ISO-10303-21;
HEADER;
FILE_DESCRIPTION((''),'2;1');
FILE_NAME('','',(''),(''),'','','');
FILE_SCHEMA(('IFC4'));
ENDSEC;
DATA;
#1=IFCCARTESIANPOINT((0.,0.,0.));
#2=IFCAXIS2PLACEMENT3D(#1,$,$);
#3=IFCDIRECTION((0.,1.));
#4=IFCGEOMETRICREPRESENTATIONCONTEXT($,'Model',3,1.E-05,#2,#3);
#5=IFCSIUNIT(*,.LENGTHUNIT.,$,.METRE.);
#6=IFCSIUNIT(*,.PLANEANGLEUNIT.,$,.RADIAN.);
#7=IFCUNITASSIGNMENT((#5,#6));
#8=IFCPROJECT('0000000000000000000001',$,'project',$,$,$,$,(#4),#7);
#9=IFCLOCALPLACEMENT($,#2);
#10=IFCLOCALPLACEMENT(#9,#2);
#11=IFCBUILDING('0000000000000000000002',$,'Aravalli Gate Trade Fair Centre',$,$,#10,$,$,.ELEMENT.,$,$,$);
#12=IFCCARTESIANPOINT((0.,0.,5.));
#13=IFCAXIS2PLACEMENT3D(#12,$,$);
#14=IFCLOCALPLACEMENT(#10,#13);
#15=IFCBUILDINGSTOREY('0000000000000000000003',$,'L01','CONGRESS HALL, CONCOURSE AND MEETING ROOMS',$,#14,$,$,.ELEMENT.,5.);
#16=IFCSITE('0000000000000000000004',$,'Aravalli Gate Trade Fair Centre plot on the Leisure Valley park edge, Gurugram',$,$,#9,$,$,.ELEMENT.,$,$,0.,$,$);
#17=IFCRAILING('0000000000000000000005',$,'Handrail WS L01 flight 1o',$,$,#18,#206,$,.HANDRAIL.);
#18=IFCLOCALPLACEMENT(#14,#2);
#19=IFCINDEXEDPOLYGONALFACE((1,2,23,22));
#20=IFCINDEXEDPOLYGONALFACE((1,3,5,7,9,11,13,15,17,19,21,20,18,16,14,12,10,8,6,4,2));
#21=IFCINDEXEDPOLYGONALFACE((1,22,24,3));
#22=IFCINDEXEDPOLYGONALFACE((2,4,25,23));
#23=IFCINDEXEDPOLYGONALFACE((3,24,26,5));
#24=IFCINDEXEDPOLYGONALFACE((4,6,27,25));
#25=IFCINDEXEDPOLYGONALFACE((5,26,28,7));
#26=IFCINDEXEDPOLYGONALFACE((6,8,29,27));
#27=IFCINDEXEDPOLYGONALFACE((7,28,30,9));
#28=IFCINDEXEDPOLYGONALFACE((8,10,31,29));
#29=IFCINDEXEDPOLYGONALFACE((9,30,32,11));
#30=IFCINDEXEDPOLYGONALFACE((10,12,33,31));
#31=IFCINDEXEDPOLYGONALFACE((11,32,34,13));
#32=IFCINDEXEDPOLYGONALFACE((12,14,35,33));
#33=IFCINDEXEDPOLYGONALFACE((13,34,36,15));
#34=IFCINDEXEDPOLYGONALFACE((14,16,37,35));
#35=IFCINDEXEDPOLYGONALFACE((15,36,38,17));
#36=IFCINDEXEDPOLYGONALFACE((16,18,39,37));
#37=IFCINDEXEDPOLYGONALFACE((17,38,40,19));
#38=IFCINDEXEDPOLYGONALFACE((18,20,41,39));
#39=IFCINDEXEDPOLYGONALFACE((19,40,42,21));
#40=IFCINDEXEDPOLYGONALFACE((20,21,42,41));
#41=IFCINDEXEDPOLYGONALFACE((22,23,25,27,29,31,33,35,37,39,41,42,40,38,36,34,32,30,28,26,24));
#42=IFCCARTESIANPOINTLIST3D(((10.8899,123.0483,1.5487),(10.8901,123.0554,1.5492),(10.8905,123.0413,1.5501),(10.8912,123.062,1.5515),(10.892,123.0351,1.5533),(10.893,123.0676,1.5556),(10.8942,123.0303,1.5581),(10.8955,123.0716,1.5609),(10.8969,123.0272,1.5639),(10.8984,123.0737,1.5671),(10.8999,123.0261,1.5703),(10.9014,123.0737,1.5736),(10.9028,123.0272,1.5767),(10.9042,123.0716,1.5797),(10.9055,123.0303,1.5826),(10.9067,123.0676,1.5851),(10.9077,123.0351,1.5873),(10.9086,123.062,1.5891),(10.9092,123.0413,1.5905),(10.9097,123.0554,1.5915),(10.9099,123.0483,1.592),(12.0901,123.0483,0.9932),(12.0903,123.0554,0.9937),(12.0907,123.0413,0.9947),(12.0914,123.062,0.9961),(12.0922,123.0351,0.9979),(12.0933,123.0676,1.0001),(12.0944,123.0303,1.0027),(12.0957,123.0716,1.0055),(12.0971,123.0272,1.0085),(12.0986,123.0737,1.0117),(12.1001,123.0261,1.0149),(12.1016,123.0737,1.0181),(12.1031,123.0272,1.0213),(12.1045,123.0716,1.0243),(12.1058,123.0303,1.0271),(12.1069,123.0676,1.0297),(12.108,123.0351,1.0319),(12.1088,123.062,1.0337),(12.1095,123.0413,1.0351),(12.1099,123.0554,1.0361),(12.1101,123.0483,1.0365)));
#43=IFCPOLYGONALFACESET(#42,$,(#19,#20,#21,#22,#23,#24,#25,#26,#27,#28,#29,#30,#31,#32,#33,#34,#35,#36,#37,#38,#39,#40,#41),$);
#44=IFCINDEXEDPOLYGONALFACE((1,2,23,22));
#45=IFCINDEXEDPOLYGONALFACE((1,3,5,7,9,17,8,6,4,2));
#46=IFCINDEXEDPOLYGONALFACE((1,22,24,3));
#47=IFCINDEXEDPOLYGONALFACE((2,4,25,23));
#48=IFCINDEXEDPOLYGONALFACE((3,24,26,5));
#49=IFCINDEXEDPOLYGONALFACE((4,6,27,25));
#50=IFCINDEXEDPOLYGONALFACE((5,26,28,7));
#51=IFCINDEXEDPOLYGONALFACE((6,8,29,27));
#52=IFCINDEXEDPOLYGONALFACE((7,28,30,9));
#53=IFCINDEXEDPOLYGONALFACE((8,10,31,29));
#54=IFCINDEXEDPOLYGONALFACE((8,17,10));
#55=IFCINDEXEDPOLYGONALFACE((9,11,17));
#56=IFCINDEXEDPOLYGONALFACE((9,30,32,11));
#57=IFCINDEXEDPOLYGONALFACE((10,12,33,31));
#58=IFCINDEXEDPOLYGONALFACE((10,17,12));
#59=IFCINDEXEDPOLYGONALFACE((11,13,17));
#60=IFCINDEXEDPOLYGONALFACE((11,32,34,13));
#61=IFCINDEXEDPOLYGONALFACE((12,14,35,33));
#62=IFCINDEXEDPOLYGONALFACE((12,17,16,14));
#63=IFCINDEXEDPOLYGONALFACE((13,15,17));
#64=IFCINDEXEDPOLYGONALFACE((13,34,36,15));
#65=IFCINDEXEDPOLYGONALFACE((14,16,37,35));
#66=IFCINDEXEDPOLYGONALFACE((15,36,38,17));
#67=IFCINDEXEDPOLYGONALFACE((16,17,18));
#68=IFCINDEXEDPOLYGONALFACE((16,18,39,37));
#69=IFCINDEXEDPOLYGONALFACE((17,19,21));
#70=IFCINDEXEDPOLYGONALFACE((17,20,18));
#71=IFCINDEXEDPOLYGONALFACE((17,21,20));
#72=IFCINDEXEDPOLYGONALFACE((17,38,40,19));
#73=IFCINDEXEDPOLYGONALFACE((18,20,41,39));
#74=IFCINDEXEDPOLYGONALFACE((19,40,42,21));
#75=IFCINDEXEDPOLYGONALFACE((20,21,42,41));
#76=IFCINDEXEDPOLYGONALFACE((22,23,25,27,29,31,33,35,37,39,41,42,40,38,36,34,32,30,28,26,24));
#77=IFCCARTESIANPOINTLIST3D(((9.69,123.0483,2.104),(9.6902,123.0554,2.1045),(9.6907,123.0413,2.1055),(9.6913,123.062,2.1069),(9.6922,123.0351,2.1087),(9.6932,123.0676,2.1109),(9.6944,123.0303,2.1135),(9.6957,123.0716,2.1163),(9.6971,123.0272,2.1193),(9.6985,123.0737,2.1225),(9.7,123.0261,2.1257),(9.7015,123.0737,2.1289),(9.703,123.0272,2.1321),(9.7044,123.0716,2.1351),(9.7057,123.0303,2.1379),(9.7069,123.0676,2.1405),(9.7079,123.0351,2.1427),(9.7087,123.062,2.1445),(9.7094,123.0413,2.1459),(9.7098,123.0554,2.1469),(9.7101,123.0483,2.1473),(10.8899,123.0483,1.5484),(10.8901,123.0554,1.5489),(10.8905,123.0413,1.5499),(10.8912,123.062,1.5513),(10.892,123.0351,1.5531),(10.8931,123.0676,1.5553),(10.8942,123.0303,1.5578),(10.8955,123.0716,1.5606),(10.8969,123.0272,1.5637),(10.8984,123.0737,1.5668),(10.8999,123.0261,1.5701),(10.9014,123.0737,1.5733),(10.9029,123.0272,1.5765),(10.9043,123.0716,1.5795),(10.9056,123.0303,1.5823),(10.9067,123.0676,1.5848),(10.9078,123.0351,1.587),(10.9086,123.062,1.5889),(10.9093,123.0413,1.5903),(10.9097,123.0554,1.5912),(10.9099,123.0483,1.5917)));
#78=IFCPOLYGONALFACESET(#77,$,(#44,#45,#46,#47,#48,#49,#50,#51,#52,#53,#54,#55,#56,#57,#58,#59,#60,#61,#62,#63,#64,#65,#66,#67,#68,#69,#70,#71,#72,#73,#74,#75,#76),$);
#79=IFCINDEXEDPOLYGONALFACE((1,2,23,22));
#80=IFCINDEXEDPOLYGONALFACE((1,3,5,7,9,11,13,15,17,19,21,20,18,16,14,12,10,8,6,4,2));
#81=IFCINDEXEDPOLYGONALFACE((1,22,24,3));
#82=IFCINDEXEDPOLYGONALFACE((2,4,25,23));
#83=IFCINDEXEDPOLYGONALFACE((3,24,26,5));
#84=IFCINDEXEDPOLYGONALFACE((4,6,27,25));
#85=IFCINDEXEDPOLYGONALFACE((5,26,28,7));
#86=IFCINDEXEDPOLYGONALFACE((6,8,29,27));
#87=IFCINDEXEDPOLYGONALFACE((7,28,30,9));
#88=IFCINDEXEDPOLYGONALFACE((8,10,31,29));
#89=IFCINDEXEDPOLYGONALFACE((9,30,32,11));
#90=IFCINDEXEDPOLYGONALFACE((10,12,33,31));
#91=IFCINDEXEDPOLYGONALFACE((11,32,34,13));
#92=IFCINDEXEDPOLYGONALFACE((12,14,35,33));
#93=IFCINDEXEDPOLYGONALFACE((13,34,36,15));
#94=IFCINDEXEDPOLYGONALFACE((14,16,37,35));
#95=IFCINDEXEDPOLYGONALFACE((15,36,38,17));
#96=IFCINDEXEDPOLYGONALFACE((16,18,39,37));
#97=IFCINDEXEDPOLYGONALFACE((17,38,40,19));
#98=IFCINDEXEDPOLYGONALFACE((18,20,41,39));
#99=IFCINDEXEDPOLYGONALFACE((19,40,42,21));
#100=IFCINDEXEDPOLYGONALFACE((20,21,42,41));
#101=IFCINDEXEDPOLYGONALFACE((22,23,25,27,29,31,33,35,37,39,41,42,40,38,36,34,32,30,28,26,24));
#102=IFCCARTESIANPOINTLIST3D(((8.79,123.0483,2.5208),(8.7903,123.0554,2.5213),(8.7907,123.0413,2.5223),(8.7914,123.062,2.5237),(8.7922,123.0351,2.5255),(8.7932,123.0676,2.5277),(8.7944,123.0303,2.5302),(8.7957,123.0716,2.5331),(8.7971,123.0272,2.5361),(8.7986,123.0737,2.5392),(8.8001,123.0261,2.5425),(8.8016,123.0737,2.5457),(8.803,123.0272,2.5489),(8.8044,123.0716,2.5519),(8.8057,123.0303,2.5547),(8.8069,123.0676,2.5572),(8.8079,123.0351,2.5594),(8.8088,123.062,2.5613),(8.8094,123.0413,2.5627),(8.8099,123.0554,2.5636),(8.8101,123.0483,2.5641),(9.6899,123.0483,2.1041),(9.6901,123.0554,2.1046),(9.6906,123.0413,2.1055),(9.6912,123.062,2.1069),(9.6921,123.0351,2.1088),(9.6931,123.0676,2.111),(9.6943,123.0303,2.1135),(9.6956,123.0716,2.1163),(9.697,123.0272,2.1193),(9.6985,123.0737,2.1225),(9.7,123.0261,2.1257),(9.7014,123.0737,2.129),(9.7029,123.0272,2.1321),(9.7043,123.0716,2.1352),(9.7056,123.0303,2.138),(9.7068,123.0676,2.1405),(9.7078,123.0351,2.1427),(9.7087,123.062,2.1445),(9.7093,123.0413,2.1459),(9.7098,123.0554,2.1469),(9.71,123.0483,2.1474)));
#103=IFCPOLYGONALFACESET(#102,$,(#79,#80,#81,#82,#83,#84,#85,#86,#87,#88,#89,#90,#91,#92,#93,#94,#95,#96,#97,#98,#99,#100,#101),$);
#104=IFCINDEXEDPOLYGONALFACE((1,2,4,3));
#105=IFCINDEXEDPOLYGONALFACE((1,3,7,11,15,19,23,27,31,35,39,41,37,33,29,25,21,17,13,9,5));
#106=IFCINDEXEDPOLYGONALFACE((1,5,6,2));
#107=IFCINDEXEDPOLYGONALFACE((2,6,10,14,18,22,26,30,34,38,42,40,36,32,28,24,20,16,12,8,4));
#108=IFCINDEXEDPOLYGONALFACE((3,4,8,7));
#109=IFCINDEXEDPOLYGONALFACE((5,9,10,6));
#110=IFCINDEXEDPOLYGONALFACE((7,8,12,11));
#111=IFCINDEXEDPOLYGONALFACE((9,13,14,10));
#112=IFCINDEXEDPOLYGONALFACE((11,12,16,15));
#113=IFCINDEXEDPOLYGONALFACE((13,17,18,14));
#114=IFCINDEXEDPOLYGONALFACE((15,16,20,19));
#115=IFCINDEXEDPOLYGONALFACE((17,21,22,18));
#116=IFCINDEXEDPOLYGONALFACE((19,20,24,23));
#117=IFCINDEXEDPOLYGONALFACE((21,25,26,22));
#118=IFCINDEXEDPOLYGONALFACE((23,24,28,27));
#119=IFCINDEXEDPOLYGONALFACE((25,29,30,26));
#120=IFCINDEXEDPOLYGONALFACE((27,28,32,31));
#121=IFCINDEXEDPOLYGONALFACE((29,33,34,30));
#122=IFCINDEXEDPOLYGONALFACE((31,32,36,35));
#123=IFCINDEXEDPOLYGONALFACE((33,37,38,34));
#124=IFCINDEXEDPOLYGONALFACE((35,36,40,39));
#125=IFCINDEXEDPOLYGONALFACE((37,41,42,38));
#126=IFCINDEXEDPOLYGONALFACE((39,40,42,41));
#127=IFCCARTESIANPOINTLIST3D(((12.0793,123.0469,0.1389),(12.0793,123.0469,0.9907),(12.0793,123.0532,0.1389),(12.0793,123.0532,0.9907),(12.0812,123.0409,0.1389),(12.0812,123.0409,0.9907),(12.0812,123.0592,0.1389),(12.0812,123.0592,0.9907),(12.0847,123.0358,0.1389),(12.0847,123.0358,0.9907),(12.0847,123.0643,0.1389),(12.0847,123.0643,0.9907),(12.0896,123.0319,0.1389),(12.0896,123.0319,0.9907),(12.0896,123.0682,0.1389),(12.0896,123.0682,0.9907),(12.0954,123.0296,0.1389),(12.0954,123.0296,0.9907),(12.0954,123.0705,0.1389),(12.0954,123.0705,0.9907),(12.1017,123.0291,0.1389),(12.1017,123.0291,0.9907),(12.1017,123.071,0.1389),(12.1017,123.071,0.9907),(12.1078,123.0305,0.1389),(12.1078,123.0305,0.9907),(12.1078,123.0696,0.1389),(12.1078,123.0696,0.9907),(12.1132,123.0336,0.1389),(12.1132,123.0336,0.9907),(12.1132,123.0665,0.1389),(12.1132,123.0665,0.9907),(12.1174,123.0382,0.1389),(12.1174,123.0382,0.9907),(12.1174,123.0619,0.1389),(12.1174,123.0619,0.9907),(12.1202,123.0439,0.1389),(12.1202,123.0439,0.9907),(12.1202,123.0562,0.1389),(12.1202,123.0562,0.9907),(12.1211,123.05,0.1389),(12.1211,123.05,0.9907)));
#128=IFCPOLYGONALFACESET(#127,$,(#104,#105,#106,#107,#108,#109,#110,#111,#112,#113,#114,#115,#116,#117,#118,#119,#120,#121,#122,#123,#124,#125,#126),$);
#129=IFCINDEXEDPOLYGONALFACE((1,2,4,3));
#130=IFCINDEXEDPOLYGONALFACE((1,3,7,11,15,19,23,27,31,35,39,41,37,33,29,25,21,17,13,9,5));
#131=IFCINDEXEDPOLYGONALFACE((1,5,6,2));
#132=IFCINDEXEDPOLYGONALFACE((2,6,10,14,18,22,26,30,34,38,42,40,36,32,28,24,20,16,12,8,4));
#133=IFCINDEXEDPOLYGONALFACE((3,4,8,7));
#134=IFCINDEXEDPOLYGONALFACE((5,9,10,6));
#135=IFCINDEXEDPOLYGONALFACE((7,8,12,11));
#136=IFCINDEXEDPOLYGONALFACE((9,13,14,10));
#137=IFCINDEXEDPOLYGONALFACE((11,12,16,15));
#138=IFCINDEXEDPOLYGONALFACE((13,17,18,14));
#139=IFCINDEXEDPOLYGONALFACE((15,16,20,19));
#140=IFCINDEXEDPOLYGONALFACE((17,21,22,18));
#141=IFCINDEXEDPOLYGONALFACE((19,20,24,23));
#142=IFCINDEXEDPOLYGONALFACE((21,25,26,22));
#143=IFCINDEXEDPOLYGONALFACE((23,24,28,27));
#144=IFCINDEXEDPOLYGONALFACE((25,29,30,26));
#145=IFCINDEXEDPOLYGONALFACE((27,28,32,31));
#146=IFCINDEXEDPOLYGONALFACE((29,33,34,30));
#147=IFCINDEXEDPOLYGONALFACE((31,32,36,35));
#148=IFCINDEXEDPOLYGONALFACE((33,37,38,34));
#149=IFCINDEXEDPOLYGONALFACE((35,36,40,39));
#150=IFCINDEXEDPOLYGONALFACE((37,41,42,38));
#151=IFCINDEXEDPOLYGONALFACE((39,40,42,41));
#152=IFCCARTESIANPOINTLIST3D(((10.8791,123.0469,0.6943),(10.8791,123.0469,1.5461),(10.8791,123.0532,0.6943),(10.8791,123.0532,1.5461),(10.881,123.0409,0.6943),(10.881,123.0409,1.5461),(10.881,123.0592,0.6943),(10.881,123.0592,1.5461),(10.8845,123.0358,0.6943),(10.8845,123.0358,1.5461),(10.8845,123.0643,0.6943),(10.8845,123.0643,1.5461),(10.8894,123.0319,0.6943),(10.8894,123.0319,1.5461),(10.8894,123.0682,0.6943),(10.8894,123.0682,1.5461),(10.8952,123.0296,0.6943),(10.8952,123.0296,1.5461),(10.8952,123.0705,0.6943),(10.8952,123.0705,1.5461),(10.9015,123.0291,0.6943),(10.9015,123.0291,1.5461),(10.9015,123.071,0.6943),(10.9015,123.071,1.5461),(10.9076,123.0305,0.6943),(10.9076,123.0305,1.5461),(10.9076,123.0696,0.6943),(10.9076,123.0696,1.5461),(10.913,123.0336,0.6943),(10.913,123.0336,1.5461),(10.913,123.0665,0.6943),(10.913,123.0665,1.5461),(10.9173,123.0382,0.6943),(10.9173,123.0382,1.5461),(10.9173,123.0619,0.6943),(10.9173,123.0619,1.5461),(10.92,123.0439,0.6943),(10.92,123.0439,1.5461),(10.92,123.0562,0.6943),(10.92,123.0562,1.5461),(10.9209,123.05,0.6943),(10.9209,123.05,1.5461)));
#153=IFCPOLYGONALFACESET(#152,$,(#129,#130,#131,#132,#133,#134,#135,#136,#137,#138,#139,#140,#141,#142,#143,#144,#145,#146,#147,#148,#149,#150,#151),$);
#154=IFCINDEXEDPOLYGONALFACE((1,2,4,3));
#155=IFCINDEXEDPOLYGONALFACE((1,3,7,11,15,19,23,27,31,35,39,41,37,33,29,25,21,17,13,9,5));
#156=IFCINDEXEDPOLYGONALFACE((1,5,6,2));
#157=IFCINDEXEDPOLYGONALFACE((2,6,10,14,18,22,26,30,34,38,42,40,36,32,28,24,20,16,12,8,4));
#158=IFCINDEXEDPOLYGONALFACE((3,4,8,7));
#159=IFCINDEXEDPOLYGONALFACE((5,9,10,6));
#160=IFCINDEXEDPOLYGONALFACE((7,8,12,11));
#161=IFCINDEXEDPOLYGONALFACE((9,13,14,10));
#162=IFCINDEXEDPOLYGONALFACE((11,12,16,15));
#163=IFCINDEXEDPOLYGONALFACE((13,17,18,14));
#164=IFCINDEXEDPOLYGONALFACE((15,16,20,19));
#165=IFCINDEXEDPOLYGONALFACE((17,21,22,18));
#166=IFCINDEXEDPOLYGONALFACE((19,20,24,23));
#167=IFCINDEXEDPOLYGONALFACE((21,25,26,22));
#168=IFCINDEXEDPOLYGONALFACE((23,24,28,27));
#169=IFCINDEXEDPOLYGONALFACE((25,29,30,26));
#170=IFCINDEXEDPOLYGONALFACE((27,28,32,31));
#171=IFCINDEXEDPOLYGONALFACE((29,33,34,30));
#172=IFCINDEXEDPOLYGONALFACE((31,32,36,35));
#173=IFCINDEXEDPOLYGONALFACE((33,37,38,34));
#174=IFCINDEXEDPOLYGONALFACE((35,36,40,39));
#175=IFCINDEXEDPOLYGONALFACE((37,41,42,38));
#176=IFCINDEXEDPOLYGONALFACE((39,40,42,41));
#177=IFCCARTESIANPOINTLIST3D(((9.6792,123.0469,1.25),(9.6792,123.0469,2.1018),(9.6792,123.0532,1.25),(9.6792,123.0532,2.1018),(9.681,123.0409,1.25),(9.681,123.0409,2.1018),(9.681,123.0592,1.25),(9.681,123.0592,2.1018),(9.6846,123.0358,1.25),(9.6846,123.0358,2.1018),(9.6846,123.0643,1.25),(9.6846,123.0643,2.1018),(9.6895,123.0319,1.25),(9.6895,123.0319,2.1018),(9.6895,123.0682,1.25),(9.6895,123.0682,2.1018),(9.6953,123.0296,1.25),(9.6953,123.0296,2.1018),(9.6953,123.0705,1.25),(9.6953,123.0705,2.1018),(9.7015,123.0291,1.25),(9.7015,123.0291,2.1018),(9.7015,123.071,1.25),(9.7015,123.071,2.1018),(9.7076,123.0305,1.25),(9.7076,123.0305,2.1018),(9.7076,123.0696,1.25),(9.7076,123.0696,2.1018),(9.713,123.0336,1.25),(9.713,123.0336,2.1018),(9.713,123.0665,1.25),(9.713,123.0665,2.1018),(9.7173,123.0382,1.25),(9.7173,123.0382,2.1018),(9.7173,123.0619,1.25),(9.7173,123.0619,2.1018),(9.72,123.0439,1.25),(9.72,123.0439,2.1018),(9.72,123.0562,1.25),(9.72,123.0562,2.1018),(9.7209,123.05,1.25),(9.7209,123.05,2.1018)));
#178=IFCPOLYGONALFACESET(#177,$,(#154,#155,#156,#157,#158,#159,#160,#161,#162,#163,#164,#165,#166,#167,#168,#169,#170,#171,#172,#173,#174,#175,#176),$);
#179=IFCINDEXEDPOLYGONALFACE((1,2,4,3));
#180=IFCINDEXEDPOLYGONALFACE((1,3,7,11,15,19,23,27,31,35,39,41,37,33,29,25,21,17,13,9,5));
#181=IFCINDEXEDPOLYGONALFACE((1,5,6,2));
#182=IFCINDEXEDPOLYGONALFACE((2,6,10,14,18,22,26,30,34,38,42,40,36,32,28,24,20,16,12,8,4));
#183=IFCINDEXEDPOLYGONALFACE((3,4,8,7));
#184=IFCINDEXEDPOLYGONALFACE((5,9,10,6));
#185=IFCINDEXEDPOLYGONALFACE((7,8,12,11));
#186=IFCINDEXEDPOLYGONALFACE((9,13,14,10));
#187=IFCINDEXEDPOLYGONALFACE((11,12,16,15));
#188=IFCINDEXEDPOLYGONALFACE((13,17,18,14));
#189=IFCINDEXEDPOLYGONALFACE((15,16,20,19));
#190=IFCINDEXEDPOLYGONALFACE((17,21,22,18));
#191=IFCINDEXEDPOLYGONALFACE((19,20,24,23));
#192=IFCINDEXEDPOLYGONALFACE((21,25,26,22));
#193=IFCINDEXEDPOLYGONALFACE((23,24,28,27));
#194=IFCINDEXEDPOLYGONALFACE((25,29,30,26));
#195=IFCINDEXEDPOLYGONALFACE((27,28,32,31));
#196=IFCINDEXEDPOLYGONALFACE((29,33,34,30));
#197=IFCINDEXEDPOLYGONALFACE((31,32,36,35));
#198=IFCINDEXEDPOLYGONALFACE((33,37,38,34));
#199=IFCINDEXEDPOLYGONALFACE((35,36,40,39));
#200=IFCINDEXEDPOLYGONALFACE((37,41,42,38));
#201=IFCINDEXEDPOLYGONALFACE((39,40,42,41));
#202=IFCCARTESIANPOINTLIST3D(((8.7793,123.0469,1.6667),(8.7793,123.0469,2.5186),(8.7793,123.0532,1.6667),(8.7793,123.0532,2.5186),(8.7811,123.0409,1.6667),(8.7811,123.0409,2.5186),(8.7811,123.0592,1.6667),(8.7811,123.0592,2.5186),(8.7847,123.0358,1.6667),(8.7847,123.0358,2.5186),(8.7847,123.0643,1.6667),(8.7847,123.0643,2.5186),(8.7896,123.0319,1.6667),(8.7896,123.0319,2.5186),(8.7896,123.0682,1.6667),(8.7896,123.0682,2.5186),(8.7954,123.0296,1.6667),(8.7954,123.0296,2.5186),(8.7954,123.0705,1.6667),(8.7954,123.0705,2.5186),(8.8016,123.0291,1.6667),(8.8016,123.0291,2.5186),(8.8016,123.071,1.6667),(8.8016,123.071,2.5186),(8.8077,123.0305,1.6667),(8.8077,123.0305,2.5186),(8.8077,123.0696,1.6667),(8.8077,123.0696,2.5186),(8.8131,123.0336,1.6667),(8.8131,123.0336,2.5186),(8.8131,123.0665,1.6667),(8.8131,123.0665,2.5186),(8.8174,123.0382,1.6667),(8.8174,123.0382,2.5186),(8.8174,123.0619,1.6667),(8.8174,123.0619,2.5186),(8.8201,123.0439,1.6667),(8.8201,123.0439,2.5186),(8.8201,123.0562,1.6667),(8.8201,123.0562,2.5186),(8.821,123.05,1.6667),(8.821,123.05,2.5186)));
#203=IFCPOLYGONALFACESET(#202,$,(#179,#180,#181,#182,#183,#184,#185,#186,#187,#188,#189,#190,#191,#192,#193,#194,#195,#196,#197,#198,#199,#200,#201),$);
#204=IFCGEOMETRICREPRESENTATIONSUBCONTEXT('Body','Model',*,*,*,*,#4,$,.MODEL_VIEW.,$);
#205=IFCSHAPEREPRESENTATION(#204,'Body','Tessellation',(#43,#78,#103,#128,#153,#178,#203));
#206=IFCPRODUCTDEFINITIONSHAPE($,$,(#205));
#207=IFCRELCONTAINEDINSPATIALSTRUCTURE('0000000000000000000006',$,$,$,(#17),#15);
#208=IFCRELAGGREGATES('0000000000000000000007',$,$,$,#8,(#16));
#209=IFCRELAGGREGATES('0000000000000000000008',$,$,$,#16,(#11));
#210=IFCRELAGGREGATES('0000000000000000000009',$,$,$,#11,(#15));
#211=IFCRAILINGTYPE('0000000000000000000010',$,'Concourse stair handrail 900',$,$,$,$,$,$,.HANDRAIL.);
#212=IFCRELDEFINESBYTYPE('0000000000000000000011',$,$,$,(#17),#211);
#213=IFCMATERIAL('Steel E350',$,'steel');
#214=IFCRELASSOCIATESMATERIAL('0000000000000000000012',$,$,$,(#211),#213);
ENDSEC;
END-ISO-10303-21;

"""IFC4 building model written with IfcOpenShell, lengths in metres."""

from ifc_helpers import new_model, si_unit, direction, frame, origin, origin_2d, place, context, subcontext, project, spatial, circle, extrude, material, type_object, element, save


model = new_model("IFC4")

# Units and contexts
model_context = context("Model", 3, precision=1e-05, world=origin(), true_north=direction((0.0, 1.0)))
body_context = subcontext(model_context, "Body", "Model", "MODEL_VIEW")
ifc_project = project(units=[si_unit("LENGTHUNIT", "METRE"), si_unit("PLANEANGLEUNIT", "RADIAN")], contexts=[model_context])

# Site, building, storey
site_placement = place(None, origin())
site = spatial("IfcSite", under=ifc_project, at=site_placement, Name="Aravalli Gate Trade Fair Centre plot on the Leisure Valley park edge, Gurugram", CompositionType="ELEMENT", RefElevation=0.0)
building_placement = place(site_placement, origin())
building = spatial("IfcBuilding", under=site, at=building_placement, Name="Aravalli Gate Trade Fair Centre", CompositionType="ELEMENT")
storey_placement = place(building_placement, frame((0.0, 0.0, 5.0)))
storey = spatial("IfcBuildingStorey", under=building, at=storey_placement, Name="L01", Description="CONGRESS HALL, CONCOURSE AND MEETING ROOMS", CompositionType="ELEMENT", Elevation=5.0)

# Shared definitions
ifc_material_1 = material(Name="Steel E350", Category="steel")

# Railing
railing_type = type_object("IfcRailingType", Name="Concourse stair handrail 900", PredefinedType="HANDRAIL", material=ifc_material_1)
for number, where, name in (
    (1, (12.1001, 123.05, 0.1389), "Handrail WS L01 flight 1o"),
):
    element("IfcRailing", number, at=place(storey_placement, frame(where)), inside=storey, type_object=railing_type, Name=name, PredefinedType="HANDRAIL", context=body_context, shape_type="SweptSolid", body=[
        extrude(circle(Radius=0.0239, at=origin_2d()), frame((0.0, 0.0, 0.876), z_axis=(-0.907532, 0.0, 0.419983), x_axis=(0.0, -1.0, 0.0)), (0.0, 0.0, 1.0), 1.3225),
        extrude(circle(Radius=0.0239, at=origin_2d()), frame((-1.2002, 0.0, 1.4312), z_axis=(-0.907429, 0.0, 0.420205), x_axis=(0.0, -1.0, 0.0)), (0.0, 0.0, 1.0), 1.3223),
        extrude(circle(Radius=0.0239, at=origin_2d()), frame((-2.4001, 0.0, 1.9868), z_axis=(-0.907418, 0.0, 0.420229), x_axis=(0.0, -1.0, 0.0)), (0.0, 0.0, 1.0), 0.9917),
        extrude(circle(Radius=0.021, at=origin_2d()), origin(), (0.0, 0.0, 1.0), 0.8518),
        extrude(circle(Radius=0.021, at=origin_2d()), frame((-1.2002, 0.0, 0.5554)), (0.0, 0.0, 1.0), 0.8518),
        extrude(circle(Radius=0.021, at=origin_2d()), frame((-2.4001, 0.0, 1.1111)), (0.0, 0.0, 1.0), 0.8518),
        extrude(circle(Radius=0.021, at=origin_2d()), frame((-3.3, 0.0, 1.5278)), (0.0, 0.0, 1.0), 0.8518),
    ])

save(model, "model.ifc")
